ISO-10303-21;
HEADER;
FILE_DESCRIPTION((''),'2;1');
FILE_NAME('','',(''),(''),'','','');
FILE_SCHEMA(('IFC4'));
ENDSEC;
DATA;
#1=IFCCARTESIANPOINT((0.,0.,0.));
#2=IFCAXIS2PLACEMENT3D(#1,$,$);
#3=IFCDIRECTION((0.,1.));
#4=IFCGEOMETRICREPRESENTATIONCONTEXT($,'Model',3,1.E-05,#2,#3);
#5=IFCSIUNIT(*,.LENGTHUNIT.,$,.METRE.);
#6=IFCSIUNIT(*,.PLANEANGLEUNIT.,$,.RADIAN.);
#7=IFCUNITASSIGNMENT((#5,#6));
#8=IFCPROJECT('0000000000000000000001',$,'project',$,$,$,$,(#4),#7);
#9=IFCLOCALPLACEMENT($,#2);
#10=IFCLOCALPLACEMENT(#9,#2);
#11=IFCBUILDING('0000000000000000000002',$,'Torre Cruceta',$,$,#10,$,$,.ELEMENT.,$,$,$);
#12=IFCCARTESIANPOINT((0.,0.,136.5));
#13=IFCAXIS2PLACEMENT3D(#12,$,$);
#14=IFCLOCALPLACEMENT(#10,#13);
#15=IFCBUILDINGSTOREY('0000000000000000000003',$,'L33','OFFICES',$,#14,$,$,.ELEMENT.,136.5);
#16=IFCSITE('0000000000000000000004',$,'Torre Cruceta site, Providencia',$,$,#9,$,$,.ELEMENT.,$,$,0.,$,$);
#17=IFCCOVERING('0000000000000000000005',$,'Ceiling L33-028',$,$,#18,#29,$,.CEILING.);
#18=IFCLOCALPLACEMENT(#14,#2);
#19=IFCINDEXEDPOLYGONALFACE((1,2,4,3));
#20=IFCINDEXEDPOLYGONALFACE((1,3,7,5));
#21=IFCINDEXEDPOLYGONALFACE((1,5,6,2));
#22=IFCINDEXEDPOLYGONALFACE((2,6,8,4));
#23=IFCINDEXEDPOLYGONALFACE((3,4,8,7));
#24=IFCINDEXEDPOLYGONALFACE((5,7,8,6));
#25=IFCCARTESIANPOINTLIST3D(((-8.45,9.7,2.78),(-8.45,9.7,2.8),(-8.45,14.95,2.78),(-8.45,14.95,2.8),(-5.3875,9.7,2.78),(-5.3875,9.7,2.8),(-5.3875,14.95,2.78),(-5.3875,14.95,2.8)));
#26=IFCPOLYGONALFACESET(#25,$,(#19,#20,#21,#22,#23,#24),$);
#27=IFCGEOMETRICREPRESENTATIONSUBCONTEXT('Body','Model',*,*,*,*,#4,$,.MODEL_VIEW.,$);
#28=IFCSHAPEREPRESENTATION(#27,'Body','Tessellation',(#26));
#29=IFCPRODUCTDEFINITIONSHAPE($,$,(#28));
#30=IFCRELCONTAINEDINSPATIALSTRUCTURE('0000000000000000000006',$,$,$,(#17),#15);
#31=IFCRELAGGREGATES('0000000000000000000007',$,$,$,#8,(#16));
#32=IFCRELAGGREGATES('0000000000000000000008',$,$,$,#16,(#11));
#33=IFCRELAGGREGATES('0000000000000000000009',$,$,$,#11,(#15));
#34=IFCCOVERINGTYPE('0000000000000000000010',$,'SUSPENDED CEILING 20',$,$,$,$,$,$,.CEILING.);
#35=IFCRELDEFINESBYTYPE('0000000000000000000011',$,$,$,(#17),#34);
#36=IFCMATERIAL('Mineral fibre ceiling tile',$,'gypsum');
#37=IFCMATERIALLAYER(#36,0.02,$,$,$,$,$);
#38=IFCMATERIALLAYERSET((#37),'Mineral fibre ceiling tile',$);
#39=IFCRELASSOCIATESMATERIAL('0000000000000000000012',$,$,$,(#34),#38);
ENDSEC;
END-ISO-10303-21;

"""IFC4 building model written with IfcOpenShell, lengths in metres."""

from ifc_helpers import new_model, si_unit, direction, frame, origin, place, context, subcontext, project, spatial, polyline, outline, extrude, material, layer, layer_set, type_object, element, save


model = new_model("IFC4")

# Units and contexts
model_context = context("Model", 3, precision=1e-05, world=origin(), true_north=direction((0.0, 1.0)))
body_context = subcontext(model_context, "Body", "Model", "MODEL_VIEW")
ifc_project = project(units=[si_unit("LENGTHUNIT", "METRE"), si_unit("PLANEANGLEUNIT", "RADIAN")], contexts=[model_context])

# Site, building, storey
site_placement = place(None, origin())
site = spatial("IfcSite", under=ifc_project, at=site_placement, Name="Torre Cruceta site, Providencia", CompositionType="ELEMENT", RefElevation=0.0)
building_placement = place(site_placement, origin())
building = spatial("IfcBuilding", under=site, at=building_placement, Name="Torre Cruceta", CompositionType="ELEMENT")
storey_placement = place(building_placement, frame((0.0, 0.0, 136.5)))
storey = spatial("IfcBuildingStorey", under=building, at=storey_placement, Name="L33", Description="OFFICES", CompositionType="ELEMENT", Elevation=136.5)

# Covering
ifc_material_1 = material(Name="Mineral fibre ceiling tile", Category="gypsum")
ifc_layer_1 = layer(ifc_material_1, 0.02)
ifc_layer_set_1 = layer_set([ifc_layer_1], Name="Mineral fibre ceiling tile")
covering_type_1 = type_object("IfcCoveringType", Name="SUSPENDED CEILING 20", PredefinedType="CEILING", material=ifc_layer_set_1)
covering_1_placement = place(storey_placement, frame((0.0, 0.0, 2.78)))
element("IfcCovering", 1, at=covering_1_placement, inside=storey, type_object=covering_type_1, Name="Ceiling L33-028", PredefinedType="CEILING", context=body_context, shape_type="SweptSolid", body=[
    extrude(outline(polyline([(-5.3875, 9.7), (-8.45, 9.7), (-8.45, 14.95), (-5.3875, 14.95), (-5.3875, 9.7)])), origin(), (0.0, 0.0, 1.0), 0.02),
])

save(model, "model.ifc")
